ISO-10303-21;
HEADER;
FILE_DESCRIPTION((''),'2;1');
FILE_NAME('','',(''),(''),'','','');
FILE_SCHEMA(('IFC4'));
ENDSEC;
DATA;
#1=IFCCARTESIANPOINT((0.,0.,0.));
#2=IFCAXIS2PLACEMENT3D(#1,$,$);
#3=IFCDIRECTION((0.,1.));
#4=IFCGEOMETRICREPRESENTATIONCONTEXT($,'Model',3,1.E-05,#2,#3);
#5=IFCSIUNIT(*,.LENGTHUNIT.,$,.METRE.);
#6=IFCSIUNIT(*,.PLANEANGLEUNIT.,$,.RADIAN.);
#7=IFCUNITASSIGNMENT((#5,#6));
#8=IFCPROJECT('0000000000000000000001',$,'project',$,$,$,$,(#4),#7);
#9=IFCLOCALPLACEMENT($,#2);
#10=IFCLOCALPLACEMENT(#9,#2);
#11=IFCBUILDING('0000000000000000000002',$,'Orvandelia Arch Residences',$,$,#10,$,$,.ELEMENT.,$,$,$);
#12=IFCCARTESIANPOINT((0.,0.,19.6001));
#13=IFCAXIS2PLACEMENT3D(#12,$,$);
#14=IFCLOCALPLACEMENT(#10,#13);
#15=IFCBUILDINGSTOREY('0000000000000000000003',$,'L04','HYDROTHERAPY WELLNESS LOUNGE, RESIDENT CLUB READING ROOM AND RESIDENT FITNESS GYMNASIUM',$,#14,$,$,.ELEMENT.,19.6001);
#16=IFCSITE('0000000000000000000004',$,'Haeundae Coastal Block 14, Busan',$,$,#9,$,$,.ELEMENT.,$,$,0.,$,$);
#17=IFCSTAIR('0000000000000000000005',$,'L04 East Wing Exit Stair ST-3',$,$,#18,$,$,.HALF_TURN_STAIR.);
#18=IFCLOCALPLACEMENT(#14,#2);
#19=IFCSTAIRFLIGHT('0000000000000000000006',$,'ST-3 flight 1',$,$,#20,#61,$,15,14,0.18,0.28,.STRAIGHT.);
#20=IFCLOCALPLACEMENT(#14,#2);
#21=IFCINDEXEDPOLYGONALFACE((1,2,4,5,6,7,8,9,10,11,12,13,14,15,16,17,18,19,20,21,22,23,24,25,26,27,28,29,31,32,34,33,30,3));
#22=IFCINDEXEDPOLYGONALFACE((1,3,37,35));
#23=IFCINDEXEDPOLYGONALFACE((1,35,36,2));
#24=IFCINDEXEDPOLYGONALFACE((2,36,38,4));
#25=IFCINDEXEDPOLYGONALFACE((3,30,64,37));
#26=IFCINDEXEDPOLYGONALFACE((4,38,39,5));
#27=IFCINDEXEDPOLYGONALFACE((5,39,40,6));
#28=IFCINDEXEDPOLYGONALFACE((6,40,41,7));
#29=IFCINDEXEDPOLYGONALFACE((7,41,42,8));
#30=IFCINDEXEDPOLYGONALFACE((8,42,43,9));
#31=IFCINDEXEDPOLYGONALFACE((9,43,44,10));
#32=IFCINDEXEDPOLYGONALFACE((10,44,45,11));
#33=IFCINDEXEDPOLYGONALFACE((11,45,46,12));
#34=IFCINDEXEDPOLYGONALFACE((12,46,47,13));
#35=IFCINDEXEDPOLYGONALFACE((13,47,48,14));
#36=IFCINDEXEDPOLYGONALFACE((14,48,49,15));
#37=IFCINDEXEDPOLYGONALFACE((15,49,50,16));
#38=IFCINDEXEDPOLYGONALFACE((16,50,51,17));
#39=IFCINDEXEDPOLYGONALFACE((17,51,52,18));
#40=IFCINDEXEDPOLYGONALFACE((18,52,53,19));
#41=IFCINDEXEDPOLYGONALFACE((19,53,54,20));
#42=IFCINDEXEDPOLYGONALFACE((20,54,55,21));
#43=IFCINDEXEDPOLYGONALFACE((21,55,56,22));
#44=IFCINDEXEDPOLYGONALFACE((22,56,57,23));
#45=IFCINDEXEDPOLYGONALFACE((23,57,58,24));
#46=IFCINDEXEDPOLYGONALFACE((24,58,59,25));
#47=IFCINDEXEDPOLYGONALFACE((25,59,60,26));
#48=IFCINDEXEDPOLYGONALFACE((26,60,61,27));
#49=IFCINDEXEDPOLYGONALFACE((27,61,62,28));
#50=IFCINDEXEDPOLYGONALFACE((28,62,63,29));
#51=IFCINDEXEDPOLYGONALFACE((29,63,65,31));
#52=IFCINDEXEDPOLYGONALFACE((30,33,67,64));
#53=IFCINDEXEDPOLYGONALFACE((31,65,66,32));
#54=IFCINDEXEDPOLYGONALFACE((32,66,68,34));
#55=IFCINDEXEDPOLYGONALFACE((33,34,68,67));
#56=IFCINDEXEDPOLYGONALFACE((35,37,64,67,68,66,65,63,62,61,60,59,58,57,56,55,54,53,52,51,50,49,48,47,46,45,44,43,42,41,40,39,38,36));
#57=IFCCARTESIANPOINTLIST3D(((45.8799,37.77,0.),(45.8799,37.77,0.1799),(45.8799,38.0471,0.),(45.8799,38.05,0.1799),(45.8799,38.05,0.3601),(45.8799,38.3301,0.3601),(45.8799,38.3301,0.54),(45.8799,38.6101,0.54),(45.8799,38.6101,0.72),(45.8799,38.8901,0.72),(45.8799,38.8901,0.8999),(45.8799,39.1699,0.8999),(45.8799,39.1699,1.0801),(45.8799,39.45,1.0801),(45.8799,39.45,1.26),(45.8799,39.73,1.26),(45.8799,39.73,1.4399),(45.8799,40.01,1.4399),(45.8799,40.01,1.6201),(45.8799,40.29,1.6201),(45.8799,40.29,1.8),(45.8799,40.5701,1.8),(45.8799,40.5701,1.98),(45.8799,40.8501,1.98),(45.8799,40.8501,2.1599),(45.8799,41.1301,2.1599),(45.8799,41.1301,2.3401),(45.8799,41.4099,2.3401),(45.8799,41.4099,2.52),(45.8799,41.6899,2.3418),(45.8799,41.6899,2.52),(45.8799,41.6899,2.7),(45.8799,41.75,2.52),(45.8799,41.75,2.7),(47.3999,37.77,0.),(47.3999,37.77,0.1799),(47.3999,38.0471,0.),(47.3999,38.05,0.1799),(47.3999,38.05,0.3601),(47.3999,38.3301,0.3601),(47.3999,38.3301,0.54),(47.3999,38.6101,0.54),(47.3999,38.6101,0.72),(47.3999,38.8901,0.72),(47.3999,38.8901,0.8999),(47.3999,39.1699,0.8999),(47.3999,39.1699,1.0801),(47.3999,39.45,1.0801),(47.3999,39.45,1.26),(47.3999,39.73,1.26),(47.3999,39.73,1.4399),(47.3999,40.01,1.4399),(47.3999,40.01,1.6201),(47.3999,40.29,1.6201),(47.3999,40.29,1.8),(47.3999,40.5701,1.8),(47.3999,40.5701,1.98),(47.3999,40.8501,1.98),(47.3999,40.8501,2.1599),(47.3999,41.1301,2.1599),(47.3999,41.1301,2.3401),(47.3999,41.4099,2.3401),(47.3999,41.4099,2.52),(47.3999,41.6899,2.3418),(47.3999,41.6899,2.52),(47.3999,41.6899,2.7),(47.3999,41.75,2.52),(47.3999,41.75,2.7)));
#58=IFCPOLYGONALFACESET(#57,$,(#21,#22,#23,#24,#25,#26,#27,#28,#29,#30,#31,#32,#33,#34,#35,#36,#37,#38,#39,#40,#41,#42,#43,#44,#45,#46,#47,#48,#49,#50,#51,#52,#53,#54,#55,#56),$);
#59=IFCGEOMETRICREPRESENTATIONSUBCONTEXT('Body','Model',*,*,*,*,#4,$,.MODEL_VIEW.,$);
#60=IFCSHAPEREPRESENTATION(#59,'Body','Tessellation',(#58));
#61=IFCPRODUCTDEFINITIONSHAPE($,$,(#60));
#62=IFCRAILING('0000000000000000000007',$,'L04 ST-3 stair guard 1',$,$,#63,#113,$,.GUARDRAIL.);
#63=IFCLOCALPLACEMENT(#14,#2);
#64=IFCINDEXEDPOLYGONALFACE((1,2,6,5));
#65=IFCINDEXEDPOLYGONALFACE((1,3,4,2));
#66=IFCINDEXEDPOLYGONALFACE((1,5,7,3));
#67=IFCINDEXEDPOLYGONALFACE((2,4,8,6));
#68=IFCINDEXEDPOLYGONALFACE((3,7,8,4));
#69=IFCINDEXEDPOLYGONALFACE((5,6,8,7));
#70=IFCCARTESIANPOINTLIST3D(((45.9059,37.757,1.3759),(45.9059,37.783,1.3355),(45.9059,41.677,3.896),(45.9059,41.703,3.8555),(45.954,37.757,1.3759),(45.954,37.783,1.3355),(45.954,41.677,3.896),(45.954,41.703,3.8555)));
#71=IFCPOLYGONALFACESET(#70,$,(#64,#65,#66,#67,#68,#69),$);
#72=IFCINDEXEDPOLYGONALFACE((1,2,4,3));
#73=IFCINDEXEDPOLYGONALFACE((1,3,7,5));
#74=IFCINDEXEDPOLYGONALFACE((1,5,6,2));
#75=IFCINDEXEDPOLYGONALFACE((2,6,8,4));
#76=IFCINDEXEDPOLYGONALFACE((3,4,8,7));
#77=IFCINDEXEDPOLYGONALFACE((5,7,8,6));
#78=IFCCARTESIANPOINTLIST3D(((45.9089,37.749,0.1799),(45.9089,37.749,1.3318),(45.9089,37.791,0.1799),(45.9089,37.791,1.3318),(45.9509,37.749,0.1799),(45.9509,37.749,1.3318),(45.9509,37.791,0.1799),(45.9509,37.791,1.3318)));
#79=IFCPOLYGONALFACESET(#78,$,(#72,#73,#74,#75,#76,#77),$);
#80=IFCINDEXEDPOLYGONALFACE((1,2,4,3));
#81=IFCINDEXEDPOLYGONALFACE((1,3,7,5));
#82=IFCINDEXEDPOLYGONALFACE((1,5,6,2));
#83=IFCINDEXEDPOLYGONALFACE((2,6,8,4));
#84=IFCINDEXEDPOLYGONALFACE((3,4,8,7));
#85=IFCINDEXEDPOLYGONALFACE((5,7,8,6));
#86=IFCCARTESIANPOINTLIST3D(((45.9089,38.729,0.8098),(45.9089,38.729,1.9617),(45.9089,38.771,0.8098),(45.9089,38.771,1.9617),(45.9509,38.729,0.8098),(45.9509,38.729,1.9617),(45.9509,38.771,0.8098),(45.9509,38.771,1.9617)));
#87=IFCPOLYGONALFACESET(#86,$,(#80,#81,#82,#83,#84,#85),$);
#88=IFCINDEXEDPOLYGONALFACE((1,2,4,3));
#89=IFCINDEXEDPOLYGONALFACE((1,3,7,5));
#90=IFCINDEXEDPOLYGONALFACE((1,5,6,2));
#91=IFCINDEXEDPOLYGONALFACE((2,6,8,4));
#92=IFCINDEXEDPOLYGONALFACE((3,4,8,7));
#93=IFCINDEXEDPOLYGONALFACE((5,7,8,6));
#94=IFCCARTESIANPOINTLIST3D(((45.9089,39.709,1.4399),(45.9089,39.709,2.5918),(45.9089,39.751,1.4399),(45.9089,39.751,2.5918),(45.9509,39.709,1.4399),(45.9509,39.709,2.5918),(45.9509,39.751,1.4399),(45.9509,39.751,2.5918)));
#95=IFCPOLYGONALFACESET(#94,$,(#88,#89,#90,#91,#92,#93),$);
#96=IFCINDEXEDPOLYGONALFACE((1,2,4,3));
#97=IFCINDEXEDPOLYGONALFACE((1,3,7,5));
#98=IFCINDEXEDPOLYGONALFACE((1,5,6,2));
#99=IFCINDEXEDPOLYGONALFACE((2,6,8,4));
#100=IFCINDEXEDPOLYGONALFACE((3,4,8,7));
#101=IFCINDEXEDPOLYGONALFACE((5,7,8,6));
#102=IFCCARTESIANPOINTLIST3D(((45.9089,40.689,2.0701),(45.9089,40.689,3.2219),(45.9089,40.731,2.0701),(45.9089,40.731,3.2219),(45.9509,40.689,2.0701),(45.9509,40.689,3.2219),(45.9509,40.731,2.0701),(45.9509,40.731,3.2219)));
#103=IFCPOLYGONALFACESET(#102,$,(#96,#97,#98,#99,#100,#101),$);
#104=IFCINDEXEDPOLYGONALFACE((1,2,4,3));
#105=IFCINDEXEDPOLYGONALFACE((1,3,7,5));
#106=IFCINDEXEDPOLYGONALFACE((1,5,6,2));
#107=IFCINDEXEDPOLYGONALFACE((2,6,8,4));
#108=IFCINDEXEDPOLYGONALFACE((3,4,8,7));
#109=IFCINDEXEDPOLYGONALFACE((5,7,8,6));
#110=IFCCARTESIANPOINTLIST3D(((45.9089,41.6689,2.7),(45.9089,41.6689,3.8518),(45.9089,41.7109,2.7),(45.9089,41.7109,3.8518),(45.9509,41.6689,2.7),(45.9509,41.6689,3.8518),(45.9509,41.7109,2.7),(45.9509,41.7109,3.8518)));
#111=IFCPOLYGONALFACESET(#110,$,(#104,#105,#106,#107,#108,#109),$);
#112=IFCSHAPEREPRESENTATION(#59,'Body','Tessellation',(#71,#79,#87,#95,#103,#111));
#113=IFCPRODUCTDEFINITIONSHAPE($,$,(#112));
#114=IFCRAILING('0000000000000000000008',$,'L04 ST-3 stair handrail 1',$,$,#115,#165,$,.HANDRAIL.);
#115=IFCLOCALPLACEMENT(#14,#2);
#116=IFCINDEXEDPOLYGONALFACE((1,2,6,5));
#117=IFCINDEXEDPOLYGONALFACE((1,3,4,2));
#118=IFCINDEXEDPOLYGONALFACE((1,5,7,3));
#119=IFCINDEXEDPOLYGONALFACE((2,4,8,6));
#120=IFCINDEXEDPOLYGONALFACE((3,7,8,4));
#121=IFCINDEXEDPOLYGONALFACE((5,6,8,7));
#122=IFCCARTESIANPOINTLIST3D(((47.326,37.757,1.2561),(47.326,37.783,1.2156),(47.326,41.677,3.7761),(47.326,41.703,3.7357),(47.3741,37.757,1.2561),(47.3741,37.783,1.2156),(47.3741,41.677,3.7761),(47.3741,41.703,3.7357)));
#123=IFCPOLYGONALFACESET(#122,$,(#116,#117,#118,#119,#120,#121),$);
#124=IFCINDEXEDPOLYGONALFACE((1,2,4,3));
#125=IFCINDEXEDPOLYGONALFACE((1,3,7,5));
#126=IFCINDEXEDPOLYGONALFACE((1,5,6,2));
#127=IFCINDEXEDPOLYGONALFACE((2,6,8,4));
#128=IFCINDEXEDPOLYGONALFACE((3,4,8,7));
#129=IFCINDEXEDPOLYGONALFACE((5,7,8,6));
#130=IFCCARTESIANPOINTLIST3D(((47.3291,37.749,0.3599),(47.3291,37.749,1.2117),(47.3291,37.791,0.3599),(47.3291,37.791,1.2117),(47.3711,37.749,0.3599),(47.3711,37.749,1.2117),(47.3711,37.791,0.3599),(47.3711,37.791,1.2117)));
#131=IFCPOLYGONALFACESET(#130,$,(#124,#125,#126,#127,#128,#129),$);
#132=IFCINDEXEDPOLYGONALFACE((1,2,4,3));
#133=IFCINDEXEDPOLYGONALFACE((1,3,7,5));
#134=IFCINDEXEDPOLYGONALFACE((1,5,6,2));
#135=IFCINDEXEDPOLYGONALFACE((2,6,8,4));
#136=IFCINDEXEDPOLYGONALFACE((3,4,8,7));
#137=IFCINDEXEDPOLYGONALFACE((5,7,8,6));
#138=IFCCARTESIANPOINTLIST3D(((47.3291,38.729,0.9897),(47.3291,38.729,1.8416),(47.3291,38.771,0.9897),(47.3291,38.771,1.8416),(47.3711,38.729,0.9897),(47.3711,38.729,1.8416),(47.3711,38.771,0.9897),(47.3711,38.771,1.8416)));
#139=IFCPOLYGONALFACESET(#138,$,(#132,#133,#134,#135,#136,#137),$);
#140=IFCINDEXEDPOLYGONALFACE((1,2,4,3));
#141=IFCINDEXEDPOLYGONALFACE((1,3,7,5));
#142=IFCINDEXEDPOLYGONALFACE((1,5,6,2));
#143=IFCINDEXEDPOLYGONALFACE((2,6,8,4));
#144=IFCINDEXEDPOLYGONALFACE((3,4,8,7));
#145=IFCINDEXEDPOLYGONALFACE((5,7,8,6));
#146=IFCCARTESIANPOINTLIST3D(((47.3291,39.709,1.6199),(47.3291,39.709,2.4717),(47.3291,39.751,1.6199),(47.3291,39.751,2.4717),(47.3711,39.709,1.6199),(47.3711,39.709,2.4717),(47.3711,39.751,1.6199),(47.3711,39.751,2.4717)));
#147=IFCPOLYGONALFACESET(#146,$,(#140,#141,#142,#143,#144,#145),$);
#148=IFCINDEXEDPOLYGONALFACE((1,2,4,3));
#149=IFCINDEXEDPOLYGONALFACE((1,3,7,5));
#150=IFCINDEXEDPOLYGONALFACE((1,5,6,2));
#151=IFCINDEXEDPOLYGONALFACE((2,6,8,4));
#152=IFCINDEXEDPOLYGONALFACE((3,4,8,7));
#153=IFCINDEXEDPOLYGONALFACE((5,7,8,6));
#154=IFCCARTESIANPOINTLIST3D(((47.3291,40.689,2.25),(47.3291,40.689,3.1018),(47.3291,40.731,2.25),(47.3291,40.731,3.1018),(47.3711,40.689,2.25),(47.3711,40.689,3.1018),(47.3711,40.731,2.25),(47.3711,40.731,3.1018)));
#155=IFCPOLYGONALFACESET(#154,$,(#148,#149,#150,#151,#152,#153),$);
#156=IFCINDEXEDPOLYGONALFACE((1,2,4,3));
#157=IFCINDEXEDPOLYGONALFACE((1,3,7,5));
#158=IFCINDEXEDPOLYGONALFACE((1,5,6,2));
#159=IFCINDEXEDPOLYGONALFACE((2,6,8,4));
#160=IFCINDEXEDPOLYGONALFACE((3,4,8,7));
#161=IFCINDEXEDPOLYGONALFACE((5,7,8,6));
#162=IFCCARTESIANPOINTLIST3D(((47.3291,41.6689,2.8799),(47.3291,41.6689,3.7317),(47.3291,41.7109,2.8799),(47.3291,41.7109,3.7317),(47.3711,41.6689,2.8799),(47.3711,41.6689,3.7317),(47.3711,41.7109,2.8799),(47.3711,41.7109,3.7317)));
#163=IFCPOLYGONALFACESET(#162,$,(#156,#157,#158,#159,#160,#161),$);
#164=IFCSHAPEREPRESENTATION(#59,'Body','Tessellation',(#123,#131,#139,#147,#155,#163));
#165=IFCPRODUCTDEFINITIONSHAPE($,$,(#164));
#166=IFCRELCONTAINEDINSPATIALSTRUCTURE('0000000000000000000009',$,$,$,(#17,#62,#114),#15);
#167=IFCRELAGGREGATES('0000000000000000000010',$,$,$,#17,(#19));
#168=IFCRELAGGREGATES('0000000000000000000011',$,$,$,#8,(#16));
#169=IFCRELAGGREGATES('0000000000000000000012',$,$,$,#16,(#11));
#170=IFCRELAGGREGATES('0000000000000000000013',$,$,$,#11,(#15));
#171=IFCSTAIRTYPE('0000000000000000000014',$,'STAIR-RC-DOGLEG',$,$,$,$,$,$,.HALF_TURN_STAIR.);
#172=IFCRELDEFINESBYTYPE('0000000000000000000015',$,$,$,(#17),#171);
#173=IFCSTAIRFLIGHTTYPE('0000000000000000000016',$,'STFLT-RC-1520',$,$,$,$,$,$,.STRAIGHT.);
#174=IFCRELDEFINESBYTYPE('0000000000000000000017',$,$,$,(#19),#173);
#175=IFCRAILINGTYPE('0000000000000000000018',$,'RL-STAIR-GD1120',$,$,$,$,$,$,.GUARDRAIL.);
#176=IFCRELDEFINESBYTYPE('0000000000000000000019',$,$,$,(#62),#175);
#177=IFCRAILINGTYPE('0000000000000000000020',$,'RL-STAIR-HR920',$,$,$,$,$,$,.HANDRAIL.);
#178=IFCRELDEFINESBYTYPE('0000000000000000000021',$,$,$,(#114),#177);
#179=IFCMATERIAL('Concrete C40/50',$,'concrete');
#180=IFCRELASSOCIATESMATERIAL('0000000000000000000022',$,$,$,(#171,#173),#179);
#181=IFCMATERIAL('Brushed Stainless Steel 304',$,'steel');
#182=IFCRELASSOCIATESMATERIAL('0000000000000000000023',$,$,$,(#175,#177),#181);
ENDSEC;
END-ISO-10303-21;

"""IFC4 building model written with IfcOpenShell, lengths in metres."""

from ifc_helpers import new_model, si_unit, direction, frame, origin, origin_2d, place, context, subcontext, project, spatial, polyline, rectangle, outline, extrude, material, type_object, element, aggregate, save


model = new_model("IFC4")

# Units and contexts
model_context = context("Model", 3, precision=1e-05, world=origin(), true_north=direction((0.0, 1.0)))
body_context = subcontext(model_context, "Body", "Model", "MODEL_VIEW")
ifc_project = project(units=[si_unit("LENGTHUNIT", "METRE"), si_unit("PLANEANGLEUNIT", "RADIAN")], contexts=[model_context])

# Site, building, storey
site_placement = place(None, origin())
site = spatial("IfcSite", under=ifc_project, at=site_placement, Name="Haeundae Coastal Block 14, Busan", CompositionType="ELEMENT", RefElevation=0.0)
building_placement = place(site_placement, origin())
building = spatial("IfcBuilding", under=site, at=building_placement, Name="Orvandelia Arch Residences", CompositionType="ELEMENT")
storey_placement = place(building_placement, frame((0.0, 0.0, 19.6001)))
storey = spatial("IfcBuildingStorey", under=building, at=storey_placement, Name="L04", Description="HYDROTHERAPY WELLNESS LOUNGE, RESIDENT CLUB READING ROOM AND RESIDENT FITNESS GYMNASIUM", CompositionType="ELEMENT", Elevation=19.6001)

# Stair, stair flight
ifc_material_1 = material(Name="Concrete C40/50", Category="concrete")
stair_type = type_object("IfcStairType", Name="STAIR-RC-DOGLEG", PredefinedType="HALF_TURN_STAIR", material=ifc_material_1)
stair_placement = place(storey_placement, origin())
stair = element("IfcStair", 1, at=stair_placement, inside=storey, type_object=stair_type, Name="L04 East Wing Exit Stair ST-3", PredefinedType="HALF_TURN_STAIR")
stair_flight_type = type_object("IfcStairFlightType", Name="STFLT-RC-1520", PredefinedType="STRAIGHT", material=ifc_material_1)
stair_flight_placement = place(storey_placement, frame((46.6399, 37.77, 0.0), z_axis=(0.0, 0.0, 1.0), x_axis=(0.0, 1.0, 0.0)))
stair_flight = element("IfcStairFlight", 2, at=stair_flight_placement, type_object=stair_flight_type, Name="ST-3 flight 1", NumberOfRisers=15, NumberOfTreads=14, PredefinedType="STRAIGHT", RiserHeight=0.18, TreadLength=0.28, context=body_context, shape_type="SweptSolid", body=[
    extrude(outline(polyline([(0.0, 0.0), (0.0, 0.1799), (0.28, 0.1799), (0.28, 0.3601), (0.5601, 0.3601), (0.5601, 0.54), (0.8401, 0.54), (0.8401, 0.72), (1.1201, 0.72), (1.1201, 0.8999), (1.3999, 0.8999), (1.3999, 1.0801), (1.6799, 1.0801), (1.6799, 1.26), (1.96, 1.26), (1.96, 1.4399), (2.24, 1.4399), (2.24, 1.6201), (2.52, 1.6201), (2.52, 1.8), (2.8, 1.8), (2.8, 1.98), (3.0801, 1.98), (3.0801, 2.1599), (3.3601, 2.1599), (3.3601, 2.3401), (3.6399, 2.3401), (3.6399, 2.52), (3.9199, 2.52), (3.9199, 2.7), (3.98, 2.7), (3.98, 2.52), (3.9199, 2.3418), (0.2771, 0.0), (0.0, 0.0)])), frame((0.0, 0.76, 0.0), z_axis=(0.0, -1.0, 0.0), x_axis=(1.0, 0.0, 0.0)), (0.0, 0.0, 1.0), 1.52),
])
aggregate(stair, [stair_flight])

# Railings
ifc_material_2 = material(Name="Brushed Stainless Steel 304", Category="steel")
railing_type_1 = type_object("IfcRailingType", Name="RL-STAIR-GD1120", PredefinedType="GUARDRAIL", material=ifc_material_2)
railing_1_placement = place(storey_placement, frame((45.9299, 37.77, 0.1799)))
element("IfcRailing", 3, at=railing_1_placement, inside=storey, type_object=railing_type_1, Name="L04 ST-3 stair guard 1", PredefinedType="GUARDRAIL", context=body_context, shape_type="SweptSolid", body=[
    extrude(rectangle(XDim=0.0481, YDim=0.0481, at=origin_2d()), frame((0.0, 0.0, 1.1758), z_axis=(0.0, 0.841172, 0.540768), x_axis=(-1.0, 0.0, 0.0)), (0.0, 0.0, 1.0), 4.6602),
    extrude(rectangle(XDim=0.042, YDim=0.042, at=origin_2d()), origin(), (0.0, 0.0, 1.0), 1.1519),
    extrude(rectangle(XDim=0.042, YDim=0.042, at=origin_2d()), frame((0.0, 0.98, 0.6299)), (0.0, 0.0, 1.0), 1.1519),
    extrude(rectangle(XDim=0.042, YDim=0.042, at=origin_2d()), frame((0.0, 1.96, 1.26)), (0.0, 0.0, 1.0), 1.1519),
    extrude(rectangle(XDim=0.042, YDim=0.042, at=origin_2d()), frame((0.0, 2.9399, 1.8901)), (0.0, 0.0, 1.0), 1.1519),
    extrude(rectangle(XDim=0.042, YDim=0.042, at=origin_2d()), frame((0.0, 3.9199, 2.52)), (0.0, 0.0, 1.0), 1.1519),
])
railing_type_2 = type_object("IfcRailingType", Name="RL-STAIR-HR920", PredefinedType="HANDRAIL", material=ifc_material_2)
railing_2_placement = place(storey_placement, frame((47.3501, 37.77, 0.3599)))
element("IfcRailing", 4, at=railing_2_placement, inside=storey, type_object=railing_type_2, Name="L04 ST-3 stair handrail 1", PredefinedType="HANDRAIL", context=body_context, shape_type="SweptSolid", body=[
    extrude(rectangle(XDim=0.0481, YDim=0.0481, at=origin_2d()), frame((0.0, 0.0, 0.876), z_axis=(0.0, 0.841172, 0.540768), x_axis=(-1.0, 0.0, 0.0)), (0.0, 0.0, 1.0), 4.6602),
    extrude(rectangle(XDim=0.042, YDim=0.042, at=origin_2d()), origin(), (0.0, 0.0, 1.0), 0.8518),
    extrude(rectangle(XDim=0.042, YDim=0.042, at=origin_2d()), frame((0.0, 0.98, 0.6299)), (0.0, 0.0, 1.0), 0.8518),
    extrude(rectangle(XDim=0.042, YDim=0.042, at=origin_2d()), frame((0.0, 1.96, 1.26)), (0.0, 0.0, 1.0), 0.8518),
    extrude(rectangle(XDim=0.042, YDim=0.042, at=origin_2d()), frame((0.0, 2.9399, 1.8901)), (0.0, 0.0, 1.0), 0.8518),
    extrude(rectangle(XDim=0.042, YDim=0.042, at=origin_2d()), frame((0.0, 3.9199, 2.52)), (0.0, 0.0, 1.0), 0.8518),
])

save(model, "model.ifc")
